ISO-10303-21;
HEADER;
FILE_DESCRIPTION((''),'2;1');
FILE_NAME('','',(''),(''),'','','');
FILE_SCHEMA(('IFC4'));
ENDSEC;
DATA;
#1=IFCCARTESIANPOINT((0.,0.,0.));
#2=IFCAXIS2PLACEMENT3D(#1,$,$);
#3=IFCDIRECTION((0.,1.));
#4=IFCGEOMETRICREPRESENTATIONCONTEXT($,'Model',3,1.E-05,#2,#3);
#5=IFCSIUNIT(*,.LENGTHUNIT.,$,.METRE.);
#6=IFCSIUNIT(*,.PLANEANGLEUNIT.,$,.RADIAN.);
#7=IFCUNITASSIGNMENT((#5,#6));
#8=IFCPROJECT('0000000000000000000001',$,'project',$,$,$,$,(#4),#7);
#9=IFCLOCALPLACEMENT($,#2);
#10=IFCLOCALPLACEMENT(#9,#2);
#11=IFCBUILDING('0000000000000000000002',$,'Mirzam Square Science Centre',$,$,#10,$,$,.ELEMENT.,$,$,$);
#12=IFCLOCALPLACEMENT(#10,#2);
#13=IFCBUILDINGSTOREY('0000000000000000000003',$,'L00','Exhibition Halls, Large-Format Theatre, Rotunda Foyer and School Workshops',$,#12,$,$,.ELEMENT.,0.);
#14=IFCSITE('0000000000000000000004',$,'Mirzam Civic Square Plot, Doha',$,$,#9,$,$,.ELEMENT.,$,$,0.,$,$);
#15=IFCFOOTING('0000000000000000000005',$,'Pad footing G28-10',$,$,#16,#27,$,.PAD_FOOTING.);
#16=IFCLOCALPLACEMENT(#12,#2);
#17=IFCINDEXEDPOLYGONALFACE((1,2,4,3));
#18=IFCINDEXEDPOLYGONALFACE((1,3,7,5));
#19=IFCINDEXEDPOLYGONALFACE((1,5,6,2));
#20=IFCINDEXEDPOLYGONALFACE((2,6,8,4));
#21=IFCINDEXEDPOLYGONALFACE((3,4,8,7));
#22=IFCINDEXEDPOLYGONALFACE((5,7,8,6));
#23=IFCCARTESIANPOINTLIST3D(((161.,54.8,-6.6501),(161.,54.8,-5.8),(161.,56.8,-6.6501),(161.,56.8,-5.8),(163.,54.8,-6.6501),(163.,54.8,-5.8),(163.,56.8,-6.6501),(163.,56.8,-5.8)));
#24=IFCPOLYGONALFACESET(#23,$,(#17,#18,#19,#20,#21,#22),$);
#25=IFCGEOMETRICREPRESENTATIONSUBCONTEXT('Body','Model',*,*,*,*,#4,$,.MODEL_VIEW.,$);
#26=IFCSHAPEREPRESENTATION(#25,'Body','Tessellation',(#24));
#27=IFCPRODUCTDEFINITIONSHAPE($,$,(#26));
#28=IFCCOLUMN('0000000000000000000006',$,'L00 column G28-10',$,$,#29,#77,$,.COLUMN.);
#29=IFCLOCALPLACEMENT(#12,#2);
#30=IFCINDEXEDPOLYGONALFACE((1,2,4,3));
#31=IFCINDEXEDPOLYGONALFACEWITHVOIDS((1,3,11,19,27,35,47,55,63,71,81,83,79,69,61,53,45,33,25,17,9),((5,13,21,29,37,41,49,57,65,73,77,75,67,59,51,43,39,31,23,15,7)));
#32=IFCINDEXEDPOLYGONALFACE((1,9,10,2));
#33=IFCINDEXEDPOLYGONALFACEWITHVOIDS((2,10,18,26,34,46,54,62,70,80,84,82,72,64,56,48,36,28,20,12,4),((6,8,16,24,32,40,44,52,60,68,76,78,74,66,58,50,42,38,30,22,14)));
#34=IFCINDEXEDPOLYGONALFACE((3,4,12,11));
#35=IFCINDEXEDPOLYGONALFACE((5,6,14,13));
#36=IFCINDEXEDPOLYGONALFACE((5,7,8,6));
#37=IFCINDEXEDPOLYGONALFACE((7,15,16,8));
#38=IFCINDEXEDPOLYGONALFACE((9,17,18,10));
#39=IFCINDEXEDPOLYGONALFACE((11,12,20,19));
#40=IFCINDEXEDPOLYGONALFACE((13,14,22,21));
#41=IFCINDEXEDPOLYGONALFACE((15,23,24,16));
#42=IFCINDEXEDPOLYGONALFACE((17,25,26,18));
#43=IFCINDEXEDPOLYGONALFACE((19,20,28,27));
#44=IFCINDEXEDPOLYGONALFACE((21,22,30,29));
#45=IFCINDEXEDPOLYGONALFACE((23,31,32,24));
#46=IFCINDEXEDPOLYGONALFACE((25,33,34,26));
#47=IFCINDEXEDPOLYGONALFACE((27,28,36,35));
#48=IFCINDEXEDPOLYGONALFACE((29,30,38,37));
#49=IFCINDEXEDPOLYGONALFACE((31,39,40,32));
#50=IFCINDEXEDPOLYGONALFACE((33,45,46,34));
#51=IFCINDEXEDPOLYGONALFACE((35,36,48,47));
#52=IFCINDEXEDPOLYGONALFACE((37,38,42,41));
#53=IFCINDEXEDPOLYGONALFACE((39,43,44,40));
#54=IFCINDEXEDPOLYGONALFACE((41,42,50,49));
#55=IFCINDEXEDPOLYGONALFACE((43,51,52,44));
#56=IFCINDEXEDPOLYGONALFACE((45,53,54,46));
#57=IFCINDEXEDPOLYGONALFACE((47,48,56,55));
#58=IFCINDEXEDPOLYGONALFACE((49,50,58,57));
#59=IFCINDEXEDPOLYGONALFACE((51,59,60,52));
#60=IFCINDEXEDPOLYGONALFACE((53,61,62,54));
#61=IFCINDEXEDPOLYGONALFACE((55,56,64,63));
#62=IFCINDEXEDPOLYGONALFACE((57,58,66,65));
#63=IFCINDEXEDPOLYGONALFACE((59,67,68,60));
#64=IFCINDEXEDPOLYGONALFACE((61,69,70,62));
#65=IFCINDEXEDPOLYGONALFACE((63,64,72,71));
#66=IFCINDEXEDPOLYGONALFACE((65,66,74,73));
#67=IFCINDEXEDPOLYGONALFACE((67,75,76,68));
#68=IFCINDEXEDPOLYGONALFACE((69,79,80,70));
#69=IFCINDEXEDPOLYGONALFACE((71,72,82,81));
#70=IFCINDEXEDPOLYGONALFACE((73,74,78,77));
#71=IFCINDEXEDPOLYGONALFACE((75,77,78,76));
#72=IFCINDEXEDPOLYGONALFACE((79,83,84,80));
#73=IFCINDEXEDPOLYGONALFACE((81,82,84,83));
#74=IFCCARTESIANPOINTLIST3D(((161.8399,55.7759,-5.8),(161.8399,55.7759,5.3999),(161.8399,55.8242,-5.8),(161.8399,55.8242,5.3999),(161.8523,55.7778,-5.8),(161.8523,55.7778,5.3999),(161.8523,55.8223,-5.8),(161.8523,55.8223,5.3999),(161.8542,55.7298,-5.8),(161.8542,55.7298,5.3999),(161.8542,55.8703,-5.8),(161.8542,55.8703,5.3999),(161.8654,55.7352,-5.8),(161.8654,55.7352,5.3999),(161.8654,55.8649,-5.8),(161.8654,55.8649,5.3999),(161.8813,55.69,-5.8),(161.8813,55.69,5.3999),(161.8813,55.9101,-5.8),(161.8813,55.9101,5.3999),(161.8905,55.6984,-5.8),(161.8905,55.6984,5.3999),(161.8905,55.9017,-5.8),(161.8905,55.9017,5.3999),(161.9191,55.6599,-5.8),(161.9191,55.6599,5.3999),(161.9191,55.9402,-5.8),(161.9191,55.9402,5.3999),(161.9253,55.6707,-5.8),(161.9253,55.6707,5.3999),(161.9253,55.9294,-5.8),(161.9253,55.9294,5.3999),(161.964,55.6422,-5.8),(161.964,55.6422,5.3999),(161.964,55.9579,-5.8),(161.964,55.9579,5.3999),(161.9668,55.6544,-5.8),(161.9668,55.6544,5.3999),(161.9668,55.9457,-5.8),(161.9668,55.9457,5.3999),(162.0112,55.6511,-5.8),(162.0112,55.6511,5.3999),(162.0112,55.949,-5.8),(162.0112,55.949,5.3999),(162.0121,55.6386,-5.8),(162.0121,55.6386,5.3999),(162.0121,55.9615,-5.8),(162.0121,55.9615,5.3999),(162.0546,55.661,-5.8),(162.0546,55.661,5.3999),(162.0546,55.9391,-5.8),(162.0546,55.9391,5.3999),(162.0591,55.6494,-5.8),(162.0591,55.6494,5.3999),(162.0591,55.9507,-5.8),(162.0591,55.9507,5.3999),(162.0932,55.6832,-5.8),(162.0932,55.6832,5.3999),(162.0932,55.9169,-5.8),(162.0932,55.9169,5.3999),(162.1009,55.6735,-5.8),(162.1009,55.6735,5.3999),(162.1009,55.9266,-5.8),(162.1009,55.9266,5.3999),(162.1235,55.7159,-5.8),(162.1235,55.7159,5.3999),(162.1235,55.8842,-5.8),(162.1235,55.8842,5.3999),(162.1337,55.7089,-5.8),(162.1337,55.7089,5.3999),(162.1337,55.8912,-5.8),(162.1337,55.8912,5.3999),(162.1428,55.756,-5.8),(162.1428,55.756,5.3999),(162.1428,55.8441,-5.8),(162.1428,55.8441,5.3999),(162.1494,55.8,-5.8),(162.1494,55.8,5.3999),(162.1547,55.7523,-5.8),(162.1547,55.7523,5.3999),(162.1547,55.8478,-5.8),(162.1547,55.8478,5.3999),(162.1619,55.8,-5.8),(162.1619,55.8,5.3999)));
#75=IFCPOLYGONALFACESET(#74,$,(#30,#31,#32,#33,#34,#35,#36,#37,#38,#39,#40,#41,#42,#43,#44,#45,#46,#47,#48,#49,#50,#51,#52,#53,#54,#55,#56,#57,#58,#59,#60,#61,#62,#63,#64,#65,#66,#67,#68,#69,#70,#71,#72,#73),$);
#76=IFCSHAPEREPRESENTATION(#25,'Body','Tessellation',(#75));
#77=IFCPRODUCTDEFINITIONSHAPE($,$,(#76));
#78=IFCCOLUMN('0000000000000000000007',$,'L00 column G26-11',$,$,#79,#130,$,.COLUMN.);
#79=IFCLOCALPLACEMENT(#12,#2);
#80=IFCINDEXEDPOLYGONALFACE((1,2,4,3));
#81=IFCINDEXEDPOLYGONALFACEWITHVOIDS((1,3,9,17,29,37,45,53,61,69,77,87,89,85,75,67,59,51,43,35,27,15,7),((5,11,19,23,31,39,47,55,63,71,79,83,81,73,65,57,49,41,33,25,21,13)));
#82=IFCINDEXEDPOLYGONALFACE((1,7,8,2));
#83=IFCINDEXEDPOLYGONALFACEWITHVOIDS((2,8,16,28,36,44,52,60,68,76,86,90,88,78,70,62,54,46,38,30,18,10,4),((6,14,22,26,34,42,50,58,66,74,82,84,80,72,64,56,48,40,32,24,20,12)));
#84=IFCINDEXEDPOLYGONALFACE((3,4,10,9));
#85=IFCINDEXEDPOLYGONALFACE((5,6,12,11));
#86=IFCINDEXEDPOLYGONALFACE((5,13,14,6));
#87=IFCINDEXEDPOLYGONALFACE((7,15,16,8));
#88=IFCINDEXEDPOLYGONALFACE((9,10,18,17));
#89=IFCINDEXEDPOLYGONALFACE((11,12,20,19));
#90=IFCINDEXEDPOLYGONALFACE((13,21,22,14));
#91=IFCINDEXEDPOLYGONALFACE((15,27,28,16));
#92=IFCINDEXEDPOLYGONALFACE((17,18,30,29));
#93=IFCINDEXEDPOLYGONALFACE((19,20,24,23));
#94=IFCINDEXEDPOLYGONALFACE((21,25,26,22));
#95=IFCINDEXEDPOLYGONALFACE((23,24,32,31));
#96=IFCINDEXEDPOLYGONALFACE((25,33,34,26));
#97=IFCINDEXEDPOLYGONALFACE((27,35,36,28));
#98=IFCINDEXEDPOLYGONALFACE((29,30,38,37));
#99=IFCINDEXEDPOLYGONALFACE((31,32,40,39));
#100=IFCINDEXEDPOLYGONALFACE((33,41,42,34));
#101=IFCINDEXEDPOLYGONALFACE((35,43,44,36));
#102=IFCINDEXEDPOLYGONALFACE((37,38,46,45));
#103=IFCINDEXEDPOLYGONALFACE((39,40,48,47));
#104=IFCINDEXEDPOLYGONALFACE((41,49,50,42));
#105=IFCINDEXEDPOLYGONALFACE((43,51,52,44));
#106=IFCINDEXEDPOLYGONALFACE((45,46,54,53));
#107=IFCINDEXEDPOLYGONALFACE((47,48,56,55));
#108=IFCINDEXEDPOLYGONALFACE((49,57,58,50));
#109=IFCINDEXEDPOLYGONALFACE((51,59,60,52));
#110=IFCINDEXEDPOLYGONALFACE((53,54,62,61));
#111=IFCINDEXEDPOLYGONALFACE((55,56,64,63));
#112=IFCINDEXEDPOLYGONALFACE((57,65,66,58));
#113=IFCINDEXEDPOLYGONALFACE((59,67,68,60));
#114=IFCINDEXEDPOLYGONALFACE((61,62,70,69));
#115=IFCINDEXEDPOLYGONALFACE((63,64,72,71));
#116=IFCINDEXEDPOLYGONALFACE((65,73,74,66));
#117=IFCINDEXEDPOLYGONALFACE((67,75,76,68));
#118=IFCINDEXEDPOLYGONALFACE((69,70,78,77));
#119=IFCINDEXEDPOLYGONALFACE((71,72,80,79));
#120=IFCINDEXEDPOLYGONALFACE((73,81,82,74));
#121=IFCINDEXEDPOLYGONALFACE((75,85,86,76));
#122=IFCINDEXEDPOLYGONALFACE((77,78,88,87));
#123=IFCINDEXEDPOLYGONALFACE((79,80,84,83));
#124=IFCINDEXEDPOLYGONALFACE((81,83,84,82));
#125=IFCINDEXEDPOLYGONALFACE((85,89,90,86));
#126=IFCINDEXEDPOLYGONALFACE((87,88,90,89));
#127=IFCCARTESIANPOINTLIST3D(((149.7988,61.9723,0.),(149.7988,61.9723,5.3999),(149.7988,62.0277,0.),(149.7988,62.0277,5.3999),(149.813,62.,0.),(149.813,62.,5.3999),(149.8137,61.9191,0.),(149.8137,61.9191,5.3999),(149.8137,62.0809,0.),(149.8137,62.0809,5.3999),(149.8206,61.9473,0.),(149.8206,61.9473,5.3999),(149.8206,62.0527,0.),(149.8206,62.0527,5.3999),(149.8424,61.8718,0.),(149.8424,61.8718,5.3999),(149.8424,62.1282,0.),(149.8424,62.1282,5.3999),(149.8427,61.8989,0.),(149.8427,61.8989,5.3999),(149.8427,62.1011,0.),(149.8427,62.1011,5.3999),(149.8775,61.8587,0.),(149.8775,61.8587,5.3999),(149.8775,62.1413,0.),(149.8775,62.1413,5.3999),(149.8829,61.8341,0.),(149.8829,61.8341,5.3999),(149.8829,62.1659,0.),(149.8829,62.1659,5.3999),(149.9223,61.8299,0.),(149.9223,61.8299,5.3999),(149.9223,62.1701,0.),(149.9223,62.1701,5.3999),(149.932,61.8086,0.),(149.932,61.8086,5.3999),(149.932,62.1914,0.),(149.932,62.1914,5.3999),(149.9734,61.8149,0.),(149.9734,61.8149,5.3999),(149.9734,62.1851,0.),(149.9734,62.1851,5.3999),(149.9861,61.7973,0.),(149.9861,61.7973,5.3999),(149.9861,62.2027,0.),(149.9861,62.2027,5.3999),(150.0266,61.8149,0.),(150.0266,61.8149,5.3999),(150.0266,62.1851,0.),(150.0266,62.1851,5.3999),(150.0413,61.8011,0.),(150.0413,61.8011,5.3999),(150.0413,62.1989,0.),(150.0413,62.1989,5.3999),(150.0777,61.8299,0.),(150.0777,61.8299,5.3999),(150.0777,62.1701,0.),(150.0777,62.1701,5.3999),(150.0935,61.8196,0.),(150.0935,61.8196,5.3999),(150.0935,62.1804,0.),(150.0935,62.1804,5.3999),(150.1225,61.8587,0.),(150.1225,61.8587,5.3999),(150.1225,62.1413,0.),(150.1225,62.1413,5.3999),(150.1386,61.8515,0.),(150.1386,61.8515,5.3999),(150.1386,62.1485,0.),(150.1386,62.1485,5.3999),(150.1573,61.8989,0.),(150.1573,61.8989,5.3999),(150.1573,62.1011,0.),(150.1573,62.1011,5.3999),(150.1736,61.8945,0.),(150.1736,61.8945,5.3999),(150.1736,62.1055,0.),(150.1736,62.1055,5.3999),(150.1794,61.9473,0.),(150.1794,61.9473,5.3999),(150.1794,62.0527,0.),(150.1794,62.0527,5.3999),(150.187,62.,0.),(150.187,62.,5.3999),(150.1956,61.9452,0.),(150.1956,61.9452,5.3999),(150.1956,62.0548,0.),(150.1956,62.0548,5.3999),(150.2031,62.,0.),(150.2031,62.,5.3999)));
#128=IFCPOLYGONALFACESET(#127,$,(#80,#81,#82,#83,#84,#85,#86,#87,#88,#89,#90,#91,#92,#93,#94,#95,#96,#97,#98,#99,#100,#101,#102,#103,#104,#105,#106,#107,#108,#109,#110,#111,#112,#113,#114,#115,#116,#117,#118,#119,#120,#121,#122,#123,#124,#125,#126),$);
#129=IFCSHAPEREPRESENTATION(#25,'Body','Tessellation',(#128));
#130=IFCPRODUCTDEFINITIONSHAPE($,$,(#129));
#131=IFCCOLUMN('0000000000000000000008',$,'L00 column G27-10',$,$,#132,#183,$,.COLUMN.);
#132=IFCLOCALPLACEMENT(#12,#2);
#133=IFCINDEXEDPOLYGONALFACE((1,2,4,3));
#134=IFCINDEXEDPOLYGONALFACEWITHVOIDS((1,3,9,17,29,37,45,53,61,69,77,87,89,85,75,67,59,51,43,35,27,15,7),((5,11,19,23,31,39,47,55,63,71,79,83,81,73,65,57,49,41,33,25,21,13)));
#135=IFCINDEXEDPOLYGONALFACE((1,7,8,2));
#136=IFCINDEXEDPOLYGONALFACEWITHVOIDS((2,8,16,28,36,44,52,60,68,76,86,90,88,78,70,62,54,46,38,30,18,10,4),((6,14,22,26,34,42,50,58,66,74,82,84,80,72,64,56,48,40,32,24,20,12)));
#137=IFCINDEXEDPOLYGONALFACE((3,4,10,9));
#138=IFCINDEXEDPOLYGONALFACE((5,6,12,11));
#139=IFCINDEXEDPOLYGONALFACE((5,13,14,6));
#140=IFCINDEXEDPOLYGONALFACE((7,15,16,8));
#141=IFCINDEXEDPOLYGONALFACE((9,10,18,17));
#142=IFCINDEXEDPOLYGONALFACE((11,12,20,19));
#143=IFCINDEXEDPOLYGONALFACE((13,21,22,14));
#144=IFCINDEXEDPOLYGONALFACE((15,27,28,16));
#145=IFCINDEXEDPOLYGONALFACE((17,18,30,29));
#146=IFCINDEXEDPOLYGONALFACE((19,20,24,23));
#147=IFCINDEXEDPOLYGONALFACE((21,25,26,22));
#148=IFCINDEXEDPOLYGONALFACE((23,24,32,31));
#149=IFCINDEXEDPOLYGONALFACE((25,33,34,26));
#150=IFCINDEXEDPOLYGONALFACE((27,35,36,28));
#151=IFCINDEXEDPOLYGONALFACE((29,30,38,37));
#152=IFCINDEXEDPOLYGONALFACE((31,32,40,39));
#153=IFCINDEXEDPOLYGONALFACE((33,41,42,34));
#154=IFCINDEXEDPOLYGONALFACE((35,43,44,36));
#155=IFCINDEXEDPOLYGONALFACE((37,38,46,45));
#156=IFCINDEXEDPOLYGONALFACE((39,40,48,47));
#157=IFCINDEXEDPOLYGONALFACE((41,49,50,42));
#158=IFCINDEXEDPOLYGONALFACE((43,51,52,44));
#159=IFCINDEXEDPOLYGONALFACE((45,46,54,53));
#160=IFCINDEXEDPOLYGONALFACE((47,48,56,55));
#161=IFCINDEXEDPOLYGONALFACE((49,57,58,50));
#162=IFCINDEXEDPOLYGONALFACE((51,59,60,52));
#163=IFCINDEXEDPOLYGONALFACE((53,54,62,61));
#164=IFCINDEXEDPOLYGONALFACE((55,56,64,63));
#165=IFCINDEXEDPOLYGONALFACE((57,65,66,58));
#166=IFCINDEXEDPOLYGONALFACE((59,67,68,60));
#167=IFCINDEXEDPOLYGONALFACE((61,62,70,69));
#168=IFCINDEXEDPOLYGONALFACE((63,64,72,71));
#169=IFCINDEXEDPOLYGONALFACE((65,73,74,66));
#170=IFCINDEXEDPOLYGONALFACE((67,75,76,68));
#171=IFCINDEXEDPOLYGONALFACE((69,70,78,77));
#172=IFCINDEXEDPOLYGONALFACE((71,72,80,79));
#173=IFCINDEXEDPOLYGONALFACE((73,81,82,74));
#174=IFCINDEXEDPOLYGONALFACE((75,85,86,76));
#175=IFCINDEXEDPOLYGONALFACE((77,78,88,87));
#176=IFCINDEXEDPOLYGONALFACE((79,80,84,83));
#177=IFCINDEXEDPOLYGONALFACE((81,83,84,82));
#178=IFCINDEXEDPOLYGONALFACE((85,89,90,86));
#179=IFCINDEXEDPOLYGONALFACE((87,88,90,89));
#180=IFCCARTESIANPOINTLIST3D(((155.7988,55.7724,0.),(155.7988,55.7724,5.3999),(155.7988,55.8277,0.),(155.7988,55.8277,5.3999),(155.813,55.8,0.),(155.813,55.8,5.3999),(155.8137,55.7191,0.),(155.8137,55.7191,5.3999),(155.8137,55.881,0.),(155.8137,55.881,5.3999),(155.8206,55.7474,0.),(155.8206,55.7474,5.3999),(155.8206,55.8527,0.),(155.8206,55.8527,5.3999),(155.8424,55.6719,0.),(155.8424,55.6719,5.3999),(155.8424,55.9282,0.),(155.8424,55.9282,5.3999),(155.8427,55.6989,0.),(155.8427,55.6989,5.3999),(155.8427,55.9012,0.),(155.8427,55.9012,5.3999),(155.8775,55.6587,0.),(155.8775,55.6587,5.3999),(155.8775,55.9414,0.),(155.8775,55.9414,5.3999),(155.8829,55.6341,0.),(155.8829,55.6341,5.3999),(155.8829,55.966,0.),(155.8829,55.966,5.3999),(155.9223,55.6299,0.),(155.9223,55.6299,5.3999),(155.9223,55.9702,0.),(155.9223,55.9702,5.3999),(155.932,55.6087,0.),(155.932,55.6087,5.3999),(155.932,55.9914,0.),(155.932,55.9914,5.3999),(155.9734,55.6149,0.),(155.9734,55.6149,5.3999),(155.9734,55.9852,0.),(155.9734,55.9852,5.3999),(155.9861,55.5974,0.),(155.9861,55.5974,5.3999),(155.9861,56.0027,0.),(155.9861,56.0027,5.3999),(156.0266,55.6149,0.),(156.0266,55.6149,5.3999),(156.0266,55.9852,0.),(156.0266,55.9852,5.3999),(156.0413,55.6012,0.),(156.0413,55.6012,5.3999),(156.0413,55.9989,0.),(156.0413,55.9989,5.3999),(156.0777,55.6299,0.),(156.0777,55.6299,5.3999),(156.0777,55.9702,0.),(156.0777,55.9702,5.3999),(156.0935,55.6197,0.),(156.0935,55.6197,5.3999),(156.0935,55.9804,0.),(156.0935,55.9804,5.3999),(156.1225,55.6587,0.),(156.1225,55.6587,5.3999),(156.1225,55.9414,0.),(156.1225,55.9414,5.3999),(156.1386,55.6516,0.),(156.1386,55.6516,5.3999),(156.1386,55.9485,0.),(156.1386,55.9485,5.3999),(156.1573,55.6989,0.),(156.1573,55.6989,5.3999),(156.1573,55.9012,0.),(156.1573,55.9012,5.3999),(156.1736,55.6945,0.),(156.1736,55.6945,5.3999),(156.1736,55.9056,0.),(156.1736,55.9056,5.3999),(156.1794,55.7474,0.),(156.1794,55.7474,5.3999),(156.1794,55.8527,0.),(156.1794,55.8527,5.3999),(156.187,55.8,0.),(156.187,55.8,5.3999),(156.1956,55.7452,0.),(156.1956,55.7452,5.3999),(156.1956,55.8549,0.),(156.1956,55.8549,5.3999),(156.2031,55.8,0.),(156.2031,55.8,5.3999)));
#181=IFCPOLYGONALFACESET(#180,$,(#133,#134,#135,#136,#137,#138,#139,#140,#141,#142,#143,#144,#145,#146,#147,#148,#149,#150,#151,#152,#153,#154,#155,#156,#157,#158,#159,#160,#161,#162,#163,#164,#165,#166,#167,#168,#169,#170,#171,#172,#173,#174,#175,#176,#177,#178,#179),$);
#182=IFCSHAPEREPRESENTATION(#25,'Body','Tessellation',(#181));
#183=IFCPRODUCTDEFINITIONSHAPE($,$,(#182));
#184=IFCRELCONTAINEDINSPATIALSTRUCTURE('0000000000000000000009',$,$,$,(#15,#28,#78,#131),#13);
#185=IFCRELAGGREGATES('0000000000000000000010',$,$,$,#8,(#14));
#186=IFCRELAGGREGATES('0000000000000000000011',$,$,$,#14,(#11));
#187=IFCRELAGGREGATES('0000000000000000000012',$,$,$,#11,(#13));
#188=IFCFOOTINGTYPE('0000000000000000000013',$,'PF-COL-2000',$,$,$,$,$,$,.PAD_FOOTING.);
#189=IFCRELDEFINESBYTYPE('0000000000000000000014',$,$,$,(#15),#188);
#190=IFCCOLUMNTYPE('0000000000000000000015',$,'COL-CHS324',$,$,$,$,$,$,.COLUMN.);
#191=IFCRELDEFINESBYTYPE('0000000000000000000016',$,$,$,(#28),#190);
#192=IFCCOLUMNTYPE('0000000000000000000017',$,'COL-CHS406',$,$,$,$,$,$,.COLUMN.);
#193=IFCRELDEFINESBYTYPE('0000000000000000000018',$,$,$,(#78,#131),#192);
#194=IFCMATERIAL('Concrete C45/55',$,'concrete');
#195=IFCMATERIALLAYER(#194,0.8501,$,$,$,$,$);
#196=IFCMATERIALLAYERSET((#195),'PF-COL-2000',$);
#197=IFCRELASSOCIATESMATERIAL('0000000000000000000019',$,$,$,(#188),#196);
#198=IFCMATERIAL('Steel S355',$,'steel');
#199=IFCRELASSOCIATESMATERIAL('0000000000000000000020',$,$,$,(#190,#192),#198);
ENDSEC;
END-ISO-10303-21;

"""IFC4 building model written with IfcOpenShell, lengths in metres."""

from ifc_helpers import new_model, si_unit, direction, frame, origin, origin_2d, place, context, subcontext, project, spatial, rectangle, hollow_circle, extrude, material, layer, layer_set, material_profile, profile_set, type_object, element, save


model = new_model("IFC4")

# Units and contexts
model_context = context("Model", 3, precision=1e-05, world=origin(), true_north=direction((0.0, 1.0)))
body_context = subcontext(model_context, "Body", "Model", "MODEL_VIEW")
ifc_project = project(units=[si_unit("LENGTHUNIT", "METRE"), si_unit("PLANEANGLEUNIT", "RADIAN")], contexts=[model_context])

# Site, building, storey
site_placement = place(None, origin())
site = spatial("IfcSite", under=ifc_project, at=site_placement, Name="Mirzam Civic Square Plot, Doha", CompositionType="ELEMENT", RefElevation=0.0)
building_placement = place(site_placement, origin())
building = spatial("IfcBuilding", under=site, at=building_placement, Name="Mirzam Square Science Centre", CompositionType="ELEMENT")
storey_placement = place(building_placement, origin())
storey = spatial("IfcBuildingStorey", under=building, at=storey_placement, Name="L00", Description="Exhibition Halls, Large-Format Theatre, Rotunda Foyer and School Workshops", CompositionType="ELEMENT", Elevation=0.0)

# Footing
ifc_material_1 = material(Name="Concrete C45/55", Category="concrete")
ifc_layer_1 = layer(ifc_material_1, 0.8501)
ifc_layer_set_1 = layer_set([ifc_layer_1], Name="PF-COL-2000")
footing_type = type_object("IfcFootingType", Name="PF-COL-2000", PredefinedType="PAD_FOOTING", material=ifc_layer_set_1)
footing_placement = place(storey_placement, frame((162.0, 55.8, -6.6501), z_axis=(0.0, 0.0, 1.0), x_axis=(1.0, 0.0, 0.0)))
element("IfcFooting", 1, at=footing_placement, inside=storey, type_object=footing_type, Name="Pad footing G28-10", PredefinedType="PAD_FOOTING", context=body_context, shape_type="SweptSolid", body=[
    extrude(rectangle(XDim=2.0, YDim=2.0, at=origin_2d()), origin(), (0.0, 0.0, 1.0), 0.8501),
])

# Columns
ifc_material_2 = material(Name="Steel S355", Category="steel")
ifc_material_profile_1 = material_profile(ifc_material_2, hollow_circle(Radius=0.1619, WallThickness=0.0125, at=origin_2d()), Name="323.9x12.5CHS")
ifc_profile_set_1 = profile_set([ifc_material_profile_1], Name="Steel S355")
column_type_1 = type_object("IfcColumnType", Name="COL-CHS324", PredefinedType="COLUMN", material=ifc_profile_set_1)
column_1_placement = place(storey_placement, frame((162.0, 55.8, -5.8), z_axis=(0.0, 0.0, 1.0), x_axis=(1.0, 0.0, 0.0)))
element("IfcColumn", 2, at=column_1_placement, inside=storey, type_object=column_type_1, Name="L00 column G28-10", PredefinedType="COLUMN", context=body_context, shape_type="SweptSolid", body=[
    extrude(hollow_circle(Radius=0.1619, WallThickness=0.0125, at=origin_2d()), origin(), (0.0, 0.0, 1.0), 11.2),
])
ifc_material_profile_2 = material_profile(ifc_material_2, hollow_circle(Radius=0.2031, WallThickness=0.0161, at=origin_2d()), Name="406.4x16.0CHS")
ifc_profile_set_2 = profile_set([ifc_material_profile_2], Name="Steel S355")
column_type_2 = type_object("IfcColumnType", Name="COL-CHS406", PredefinedType="COLUMN", material=ifc_profile_set_2)
for number, where, z_axis, x_axis, name in (
    (3, (150.0, 62.0, 0.0), (0.0, 0.0, 1.0), (1.0, 0.0, 0.0), "L00 column G26-11"),
    (4, (156.0, 55.8, 0.0), (0.0, 0.0, 1.0), (1.0, 0.0, 0.0), "L00 column G27-10"),
):
    element("IfcColumn", number, at=place(storey_placement, frame(where, z_axis=z_axis, x_axis=x_axis)), inside=storey, type_object=column_type_2, Name=name, PredefinedType="COLUMN", context=body_context, shape_type="SweptSolid", body=[
        extrude(hollow_circle(Radius=0.2031, WallThickness=0.0161, at=origin_2d()), origin(), (0.0, 0.0, 1.0), 5.3999),
    ])

save(model, "model.ifc")
